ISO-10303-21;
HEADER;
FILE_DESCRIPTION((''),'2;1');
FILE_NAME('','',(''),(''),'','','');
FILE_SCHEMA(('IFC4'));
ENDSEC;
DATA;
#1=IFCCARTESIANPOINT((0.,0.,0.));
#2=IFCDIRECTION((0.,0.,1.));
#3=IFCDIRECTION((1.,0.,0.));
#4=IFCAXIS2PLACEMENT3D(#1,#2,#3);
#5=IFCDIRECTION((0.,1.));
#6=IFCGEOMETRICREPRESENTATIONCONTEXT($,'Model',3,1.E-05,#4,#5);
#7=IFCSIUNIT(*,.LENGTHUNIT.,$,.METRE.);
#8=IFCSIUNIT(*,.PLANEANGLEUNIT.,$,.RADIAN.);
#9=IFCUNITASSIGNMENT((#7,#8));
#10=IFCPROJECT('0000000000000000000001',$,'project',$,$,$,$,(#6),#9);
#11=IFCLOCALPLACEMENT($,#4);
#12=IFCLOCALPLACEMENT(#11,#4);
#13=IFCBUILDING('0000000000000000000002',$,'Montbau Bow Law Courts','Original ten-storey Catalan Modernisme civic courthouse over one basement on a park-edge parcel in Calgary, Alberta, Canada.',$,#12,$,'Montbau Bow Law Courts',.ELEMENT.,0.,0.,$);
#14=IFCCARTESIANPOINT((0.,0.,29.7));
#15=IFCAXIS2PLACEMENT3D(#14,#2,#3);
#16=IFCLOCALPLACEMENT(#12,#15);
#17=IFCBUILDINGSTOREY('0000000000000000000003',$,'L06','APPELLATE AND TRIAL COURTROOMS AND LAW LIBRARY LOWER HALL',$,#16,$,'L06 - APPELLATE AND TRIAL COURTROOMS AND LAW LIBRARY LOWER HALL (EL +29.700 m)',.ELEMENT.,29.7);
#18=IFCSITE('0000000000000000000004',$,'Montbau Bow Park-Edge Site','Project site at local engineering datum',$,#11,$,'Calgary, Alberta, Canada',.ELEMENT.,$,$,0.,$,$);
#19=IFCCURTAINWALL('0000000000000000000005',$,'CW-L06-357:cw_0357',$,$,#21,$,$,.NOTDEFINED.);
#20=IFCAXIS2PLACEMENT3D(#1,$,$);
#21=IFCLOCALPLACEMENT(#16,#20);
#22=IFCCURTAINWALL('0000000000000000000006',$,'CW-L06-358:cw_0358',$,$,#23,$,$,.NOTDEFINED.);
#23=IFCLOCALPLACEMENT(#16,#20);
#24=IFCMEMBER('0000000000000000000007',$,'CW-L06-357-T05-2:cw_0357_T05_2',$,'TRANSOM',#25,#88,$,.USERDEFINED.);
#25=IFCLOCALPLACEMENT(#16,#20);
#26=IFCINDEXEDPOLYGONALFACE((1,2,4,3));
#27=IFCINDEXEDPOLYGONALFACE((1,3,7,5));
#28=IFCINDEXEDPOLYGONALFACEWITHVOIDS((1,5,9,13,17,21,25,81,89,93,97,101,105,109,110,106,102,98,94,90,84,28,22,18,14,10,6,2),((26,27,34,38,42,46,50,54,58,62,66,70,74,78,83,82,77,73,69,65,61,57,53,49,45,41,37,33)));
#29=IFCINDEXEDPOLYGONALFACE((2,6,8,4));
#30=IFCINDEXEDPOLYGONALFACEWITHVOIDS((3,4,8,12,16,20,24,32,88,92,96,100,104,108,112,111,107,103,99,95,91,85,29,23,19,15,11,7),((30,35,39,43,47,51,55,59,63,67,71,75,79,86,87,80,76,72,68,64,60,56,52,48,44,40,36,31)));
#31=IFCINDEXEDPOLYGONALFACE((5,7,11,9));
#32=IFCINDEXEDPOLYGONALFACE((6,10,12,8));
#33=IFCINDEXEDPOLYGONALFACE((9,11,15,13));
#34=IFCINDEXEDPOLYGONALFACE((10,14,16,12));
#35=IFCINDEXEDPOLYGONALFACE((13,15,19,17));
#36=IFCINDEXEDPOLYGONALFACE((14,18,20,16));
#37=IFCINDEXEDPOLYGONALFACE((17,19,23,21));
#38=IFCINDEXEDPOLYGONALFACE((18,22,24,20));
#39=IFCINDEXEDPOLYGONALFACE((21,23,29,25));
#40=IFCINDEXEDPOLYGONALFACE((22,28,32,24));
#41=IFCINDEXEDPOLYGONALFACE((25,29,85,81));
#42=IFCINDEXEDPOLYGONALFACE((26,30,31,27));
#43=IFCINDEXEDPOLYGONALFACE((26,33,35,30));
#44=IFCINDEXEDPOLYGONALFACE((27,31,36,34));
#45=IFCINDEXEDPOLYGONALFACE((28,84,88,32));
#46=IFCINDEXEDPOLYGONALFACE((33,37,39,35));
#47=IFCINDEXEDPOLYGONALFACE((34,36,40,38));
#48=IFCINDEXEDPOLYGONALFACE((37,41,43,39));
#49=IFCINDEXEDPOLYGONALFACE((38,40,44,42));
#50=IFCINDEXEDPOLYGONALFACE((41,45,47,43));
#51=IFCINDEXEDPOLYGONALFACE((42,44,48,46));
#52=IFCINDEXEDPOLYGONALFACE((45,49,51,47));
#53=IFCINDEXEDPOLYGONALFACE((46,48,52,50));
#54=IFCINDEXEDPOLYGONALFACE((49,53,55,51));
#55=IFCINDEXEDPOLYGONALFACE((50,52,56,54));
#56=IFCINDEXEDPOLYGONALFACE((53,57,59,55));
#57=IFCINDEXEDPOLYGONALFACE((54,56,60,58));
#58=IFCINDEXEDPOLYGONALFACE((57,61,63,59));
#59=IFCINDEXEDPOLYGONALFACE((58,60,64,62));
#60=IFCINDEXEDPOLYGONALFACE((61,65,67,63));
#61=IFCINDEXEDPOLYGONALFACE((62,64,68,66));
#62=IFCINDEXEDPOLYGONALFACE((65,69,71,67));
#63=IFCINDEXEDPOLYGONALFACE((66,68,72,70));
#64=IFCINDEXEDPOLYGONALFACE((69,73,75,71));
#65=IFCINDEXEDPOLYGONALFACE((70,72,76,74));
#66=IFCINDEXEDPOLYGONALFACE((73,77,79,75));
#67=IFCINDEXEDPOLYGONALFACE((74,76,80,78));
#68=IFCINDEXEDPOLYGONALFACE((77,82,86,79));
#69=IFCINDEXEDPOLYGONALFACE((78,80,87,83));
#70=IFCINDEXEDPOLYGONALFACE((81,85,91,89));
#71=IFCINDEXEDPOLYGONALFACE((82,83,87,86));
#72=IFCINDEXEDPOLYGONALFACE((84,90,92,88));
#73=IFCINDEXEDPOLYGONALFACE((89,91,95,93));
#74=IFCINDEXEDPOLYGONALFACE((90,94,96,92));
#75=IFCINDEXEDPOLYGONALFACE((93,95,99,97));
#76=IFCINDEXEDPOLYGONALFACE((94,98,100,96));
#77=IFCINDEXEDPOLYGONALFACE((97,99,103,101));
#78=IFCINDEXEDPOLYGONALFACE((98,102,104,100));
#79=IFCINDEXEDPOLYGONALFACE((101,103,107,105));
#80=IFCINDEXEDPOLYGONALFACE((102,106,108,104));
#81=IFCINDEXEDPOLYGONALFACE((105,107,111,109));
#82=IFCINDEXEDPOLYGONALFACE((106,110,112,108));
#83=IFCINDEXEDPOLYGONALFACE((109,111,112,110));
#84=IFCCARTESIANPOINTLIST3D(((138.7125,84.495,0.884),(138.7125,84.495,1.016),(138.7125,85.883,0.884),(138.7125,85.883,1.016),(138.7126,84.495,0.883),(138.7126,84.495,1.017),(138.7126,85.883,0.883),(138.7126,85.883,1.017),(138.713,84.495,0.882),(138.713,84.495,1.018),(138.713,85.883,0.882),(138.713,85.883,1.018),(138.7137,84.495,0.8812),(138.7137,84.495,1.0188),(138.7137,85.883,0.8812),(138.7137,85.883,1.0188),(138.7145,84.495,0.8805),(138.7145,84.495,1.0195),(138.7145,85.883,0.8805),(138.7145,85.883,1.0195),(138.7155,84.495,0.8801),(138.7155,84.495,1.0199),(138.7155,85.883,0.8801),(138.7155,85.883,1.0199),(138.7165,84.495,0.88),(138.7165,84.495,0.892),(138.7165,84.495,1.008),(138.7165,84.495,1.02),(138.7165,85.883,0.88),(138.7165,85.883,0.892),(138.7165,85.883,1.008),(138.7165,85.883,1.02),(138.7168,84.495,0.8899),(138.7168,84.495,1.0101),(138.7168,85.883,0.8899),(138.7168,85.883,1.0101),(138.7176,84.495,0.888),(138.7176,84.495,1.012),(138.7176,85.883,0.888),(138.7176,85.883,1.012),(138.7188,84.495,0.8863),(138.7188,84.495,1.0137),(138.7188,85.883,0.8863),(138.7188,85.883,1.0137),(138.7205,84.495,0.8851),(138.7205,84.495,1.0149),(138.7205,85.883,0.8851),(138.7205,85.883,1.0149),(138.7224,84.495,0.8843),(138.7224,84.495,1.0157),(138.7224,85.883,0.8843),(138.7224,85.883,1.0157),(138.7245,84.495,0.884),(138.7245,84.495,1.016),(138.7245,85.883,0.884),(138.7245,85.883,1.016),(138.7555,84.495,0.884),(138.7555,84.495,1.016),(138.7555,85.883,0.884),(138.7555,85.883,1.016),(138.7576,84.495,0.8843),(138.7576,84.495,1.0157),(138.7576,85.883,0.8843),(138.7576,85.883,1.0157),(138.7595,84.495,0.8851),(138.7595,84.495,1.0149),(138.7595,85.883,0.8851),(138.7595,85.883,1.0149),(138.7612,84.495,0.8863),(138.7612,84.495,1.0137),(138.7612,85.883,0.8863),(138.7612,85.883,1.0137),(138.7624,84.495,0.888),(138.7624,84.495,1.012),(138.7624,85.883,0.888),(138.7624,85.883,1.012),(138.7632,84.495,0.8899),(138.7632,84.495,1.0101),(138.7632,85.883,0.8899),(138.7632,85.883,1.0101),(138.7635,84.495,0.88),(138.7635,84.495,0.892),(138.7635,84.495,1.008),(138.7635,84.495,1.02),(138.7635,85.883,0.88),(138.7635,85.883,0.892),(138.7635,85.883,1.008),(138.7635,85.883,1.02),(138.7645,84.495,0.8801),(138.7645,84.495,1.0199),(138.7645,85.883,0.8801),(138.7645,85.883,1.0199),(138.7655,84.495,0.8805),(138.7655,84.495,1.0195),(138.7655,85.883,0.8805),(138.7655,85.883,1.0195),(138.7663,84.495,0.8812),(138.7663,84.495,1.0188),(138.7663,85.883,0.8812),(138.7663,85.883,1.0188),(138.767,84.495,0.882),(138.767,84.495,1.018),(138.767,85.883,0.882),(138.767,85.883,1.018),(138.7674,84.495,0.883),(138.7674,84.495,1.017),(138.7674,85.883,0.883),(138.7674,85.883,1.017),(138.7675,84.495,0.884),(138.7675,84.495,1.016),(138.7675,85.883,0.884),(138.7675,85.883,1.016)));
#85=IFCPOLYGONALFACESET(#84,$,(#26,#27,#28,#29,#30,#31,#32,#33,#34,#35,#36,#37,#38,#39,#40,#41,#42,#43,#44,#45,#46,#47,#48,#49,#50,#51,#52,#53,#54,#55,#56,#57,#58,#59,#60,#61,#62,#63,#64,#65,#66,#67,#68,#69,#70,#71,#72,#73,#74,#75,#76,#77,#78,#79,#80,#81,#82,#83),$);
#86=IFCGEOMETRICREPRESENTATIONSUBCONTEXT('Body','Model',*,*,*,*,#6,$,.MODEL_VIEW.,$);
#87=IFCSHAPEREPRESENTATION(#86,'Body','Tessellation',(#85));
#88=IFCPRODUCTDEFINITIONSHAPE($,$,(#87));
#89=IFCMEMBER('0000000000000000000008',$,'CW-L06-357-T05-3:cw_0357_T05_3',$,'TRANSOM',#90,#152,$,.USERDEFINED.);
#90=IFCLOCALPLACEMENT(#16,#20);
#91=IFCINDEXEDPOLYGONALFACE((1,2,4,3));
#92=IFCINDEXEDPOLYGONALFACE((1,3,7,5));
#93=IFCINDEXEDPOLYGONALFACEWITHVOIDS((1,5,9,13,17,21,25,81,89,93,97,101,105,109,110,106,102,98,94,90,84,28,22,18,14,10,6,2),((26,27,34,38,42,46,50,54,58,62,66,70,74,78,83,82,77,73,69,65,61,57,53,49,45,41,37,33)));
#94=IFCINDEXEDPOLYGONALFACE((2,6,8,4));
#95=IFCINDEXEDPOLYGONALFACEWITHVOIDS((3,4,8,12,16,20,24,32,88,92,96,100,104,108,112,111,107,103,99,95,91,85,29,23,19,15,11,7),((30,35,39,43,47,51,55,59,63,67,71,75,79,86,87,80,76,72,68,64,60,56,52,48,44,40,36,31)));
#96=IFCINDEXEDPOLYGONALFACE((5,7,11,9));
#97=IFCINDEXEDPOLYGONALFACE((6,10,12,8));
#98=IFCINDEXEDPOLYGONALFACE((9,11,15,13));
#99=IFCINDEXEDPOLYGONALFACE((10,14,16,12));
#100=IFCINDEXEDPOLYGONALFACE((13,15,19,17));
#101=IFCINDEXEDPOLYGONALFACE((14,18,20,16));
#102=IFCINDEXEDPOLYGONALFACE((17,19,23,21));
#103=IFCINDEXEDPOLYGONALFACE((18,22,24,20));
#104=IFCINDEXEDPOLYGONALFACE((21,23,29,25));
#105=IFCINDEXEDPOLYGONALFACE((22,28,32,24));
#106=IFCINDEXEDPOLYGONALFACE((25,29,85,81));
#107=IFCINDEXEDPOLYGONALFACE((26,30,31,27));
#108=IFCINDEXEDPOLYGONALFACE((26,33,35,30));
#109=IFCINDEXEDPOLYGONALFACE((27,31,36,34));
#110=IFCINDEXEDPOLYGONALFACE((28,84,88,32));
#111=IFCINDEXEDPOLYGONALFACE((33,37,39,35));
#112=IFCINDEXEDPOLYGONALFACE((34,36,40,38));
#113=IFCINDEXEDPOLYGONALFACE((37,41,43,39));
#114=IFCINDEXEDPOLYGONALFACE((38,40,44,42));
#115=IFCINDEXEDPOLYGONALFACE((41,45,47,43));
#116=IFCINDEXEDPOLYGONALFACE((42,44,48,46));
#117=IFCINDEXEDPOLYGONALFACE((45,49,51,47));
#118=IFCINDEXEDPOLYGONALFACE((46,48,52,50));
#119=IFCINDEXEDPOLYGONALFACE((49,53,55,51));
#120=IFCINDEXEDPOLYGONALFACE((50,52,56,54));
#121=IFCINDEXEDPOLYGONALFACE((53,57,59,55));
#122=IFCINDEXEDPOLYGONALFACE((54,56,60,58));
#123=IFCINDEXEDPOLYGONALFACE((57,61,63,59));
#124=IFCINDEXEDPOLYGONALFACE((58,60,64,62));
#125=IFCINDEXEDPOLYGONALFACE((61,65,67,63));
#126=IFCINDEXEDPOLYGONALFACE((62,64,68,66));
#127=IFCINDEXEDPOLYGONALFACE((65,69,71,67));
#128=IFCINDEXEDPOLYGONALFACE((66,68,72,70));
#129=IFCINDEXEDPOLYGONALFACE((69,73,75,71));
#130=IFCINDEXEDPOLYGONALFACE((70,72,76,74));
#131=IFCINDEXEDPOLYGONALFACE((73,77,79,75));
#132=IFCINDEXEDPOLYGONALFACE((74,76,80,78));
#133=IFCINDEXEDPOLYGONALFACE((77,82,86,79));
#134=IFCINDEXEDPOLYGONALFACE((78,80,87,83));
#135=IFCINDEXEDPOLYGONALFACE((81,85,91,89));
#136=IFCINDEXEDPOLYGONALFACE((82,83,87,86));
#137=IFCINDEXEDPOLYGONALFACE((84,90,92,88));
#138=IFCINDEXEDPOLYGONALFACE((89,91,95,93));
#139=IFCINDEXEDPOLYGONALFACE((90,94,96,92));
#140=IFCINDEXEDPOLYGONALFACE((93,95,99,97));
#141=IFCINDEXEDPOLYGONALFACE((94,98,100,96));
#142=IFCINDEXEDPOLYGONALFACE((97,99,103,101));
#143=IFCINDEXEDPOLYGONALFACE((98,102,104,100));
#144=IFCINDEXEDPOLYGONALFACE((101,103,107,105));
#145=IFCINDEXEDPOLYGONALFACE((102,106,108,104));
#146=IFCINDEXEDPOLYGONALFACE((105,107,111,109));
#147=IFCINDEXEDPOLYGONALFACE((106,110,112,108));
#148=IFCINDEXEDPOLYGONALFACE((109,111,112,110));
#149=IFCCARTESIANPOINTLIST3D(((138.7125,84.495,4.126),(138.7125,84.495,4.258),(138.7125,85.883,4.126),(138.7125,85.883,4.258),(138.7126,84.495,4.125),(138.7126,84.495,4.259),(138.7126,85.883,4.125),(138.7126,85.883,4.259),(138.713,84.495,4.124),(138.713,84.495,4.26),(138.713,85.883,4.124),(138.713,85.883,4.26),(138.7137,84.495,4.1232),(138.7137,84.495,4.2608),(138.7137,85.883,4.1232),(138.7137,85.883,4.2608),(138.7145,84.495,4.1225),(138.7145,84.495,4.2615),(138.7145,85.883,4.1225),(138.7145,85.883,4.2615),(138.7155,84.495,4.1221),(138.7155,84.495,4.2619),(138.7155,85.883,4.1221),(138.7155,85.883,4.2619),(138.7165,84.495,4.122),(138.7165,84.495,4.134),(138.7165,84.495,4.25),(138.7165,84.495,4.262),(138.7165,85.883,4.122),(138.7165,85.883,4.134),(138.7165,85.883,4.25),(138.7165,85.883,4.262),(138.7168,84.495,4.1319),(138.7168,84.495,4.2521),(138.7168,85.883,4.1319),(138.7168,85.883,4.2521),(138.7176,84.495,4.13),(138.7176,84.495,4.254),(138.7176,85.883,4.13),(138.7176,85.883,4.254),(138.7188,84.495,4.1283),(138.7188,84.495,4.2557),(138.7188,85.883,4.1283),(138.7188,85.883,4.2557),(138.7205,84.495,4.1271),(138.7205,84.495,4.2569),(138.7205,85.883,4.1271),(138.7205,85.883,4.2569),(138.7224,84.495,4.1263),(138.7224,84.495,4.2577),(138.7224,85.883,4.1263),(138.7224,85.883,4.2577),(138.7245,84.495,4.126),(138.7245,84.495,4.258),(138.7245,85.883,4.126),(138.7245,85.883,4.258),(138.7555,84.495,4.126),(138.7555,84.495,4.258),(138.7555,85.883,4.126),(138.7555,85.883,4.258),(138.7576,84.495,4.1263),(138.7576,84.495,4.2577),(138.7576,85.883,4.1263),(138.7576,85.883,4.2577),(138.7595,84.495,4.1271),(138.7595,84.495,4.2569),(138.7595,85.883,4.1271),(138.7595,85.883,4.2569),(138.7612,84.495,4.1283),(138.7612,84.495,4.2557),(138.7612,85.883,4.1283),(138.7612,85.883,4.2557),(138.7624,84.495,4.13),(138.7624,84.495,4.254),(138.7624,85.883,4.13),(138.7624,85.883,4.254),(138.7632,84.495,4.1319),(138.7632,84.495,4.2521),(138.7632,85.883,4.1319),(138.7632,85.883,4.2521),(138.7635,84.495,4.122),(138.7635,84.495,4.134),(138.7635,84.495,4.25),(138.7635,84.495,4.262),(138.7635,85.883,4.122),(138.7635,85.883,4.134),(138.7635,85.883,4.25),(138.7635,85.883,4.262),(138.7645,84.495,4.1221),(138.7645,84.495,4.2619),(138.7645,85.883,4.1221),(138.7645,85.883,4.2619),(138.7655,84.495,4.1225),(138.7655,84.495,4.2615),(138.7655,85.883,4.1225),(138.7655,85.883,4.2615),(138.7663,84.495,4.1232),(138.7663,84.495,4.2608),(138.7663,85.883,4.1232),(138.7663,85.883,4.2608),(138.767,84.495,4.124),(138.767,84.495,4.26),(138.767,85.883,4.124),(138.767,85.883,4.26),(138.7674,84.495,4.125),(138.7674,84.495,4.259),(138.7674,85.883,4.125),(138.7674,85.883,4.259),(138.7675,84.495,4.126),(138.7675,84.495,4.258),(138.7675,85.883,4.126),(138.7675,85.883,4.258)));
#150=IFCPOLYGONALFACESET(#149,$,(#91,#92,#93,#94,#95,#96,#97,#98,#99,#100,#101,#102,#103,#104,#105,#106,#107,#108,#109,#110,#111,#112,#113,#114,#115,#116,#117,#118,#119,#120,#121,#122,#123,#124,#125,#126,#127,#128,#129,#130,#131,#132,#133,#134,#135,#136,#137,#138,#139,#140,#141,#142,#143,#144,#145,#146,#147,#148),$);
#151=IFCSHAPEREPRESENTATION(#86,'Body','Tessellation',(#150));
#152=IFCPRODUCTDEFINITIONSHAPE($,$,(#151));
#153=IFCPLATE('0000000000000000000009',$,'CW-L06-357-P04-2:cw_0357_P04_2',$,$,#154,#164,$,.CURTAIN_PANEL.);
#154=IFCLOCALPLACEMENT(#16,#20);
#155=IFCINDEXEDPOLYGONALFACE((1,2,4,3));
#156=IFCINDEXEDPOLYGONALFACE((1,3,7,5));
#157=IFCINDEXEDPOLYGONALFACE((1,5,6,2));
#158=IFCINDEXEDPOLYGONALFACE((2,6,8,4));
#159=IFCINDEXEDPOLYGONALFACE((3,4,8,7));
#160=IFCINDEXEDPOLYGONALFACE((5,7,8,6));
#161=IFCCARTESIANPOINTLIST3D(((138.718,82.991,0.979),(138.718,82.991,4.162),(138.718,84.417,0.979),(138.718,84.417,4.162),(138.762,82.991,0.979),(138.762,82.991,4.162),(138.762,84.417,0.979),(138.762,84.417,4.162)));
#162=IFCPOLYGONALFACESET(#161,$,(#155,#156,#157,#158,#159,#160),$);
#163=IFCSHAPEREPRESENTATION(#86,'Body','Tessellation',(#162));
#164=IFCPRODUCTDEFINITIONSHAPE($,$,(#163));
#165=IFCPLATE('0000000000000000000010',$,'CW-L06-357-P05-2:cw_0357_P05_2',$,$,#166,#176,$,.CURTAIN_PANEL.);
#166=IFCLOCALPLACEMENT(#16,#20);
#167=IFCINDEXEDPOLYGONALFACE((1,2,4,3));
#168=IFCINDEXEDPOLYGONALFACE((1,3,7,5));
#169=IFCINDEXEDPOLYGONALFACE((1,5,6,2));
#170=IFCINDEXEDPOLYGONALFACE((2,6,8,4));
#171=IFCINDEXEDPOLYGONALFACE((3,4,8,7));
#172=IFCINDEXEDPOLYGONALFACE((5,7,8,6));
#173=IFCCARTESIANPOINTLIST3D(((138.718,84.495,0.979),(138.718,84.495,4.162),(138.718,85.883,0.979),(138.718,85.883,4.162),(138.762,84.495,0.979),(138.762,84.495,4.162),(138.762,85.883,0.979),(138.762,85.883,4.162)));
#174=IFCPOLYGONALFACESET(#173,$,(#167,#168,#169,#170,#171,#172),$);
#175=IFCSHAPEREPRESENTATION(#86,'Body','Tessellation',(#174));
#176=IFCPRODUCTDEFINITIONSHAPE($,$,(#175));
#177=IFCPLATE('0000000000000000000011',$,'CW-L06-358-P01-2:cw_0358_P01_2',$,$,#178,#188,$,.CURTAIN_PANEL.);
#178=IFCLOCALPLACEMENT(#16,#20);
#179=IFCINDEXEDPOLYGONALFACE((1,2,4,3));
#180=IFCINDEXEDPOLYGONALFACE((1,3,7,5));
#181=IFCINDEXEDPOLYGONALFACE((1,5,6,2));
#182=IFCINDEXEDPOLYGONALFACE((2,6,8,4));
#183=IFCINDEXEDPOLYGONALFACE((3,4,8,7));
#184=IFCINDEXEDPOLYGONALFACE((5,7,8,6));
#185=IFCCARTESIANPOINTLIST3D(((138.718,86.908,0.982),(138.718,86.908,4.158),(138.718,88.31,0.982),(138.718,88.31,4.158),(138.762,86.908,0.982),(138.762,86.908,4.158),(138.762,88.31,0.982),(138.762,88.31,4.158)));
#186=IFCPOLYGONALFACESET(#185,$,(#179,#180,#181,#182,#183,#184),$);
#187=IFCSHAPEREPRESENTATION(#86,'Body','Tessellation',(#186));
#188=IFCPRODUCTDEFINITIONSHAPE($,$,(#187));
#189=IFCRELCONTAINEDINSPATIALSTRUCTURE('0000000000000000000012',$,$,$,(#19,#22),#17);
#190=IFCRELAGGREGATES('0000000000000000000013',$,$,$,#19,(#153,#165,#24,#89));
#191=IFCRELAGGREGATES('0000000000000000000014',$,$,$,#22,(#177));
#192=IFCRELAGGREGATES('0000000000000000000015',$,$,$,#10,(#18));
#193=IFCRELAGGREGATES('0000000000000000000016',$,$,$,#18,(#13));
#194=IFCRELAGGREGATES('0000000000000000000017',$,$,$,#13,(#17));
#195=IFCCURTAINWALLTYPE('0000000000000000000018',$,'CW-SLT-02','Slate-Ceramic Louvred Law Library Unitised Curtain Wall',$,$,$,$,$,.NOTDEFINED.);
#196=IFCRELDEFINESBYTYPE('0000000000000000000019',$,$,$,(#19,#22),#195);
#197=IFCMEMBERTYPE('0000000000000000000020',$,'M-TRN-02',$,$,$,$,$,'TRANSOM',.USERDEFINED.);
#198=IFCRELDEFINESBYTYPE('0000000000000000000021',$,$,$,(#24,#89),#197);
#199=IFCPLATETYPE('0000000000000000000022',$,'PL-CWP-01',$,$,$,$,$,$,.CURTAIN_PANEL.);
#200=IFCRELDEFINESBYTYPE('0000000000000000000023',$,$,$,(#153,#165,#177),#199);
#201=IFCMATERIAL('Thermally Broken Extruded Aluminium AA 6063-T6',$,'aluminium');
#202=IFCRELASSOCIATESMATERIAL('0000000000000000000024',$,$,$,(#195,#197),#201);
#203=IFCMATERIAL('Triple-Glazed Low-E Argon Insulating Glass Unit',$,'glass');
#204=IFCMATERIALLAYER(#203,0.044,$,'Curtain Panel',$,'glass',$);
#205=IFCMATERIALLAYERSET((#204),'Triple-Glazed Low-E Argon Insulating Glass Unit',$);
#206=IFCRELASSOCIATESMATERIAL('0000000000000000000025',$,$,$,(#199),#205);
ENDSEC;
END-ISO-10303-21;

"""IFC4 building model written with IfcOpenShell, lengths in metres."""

from ifc_helpers import new_model, si_unit, direction, frame, frame_2d, origin_with_axes, origin_2d_with_axis, place, context, subcontext, project, spatial, rectangle, hollow_rectangle, extrude, material, layer, layer_set, material_profile, profile_set, type_object, element, aggregate, save


model = new_model("IFC4")

# Units and contexts
model_context = context("Model", 3, precision=1e-05, world=origin_with_axes(), true_north=direction((0.0, 1.0)))
body_context = subcontext(model_context, "Body", "Model", "MODEL_VIEW")
ifc_project = project(units=[si_unit("LENGTHUNIT", "METRE"), si_unit("PLANEANGLEUNIT", "RADIAN")], contexts=[model_context])

# Site, building, storey
site_placement = place(None, origin_with_axes())
site = spatial("IfcSite", under=ifc_project, at=site_placement, Name="Montbau Bow Park-Edge Site", Description="Project site at local engineering datum", LongName="Calgary, Alberta, Canada", CompositionType="ELEMENT", RefElevation=0.0)
building_placement = place(site_placement, origin_with_axes())
building = spatial("IfcBuilding", under=site, at=building_placement, Name="Montbau Bow Law Courts", Description="Original ten-storey Catalan Modernisme civic courthouse over one basement on a park-edge parcel in Calgary, Alberta, Canada.", LongName="Montbau Bow Law Courts", CompositionType="ELEMENT", ElevationOfRefHeight=0.0, ElevationOfTerrain=0.0)
storey_placement = place(building_placement, frame((0.0, 0.0, 29.7), z_axis=(0.0, 0.0, 1.0), x_axis=(1.0, 0.0, 0.0)))
storey = spatial("IfcBuildingStorey", under=building, at=storey_placement, Name="L06", Description="APPELLATE AND TRIAL COURTROOMS AND LAW LIBRARY LOWER HALL", LongName="L06 - APPELLATE AND TRIAL COURTROOMS AND LAW LIBRARY LOWER HALL (EL +29.700 m)", CompositionType="ELEMENT", Elevation=29.7)

# Curtain wall
ifc_material_1 = material(Name="Thermally Broken Extruded Aluminium AA 6063-T6", Category="aluminium")
curtain_wall_type = type_object("IfcCurtainWallType", Name="CW-SLT-02", Description="Slate-Ceramic Louvred Law Library Unitised Curtain Wall", PredefinedType="NOTDEFINED", material=ifc_material_1)
curtain_wall_1_placement = place(None, frame((138.74, 78.44, 29.7), z_axis=(0.0, 0.0, 1.0), x_axis=(1.0, 0.0, 0.0)))
curtain_wall_1 = element("IfcCurtainWall", 1, at=curtain_wall_1_placement, inside=storey, type_object=curtain_wall_type, Name="CW-L06-357:cw_0357", PredefinedType="NOTDEFINED")

# Curtain wall
curtain_wall_2_placement = place(None, frame((138.74, 86.84, 29.7), z_axis=(0.0, 0.0, 1.0), x_axis=(1.0, 0.0, 0.0)))
curtain_wall_2 = element("IfcCurtainWall", 2, at=curtain_wall_2_placement, inside=storey, type_object=curtain_wall_type, Name="CW-L06-358:cw_0358", PredefinedType="NOTDEFINED")

# Members
ifc_material_profile_1 = material_profile(ifc_material_1, hollow_rectangle(XDim=0.055, YDim=0.14, WallThickness=0.004, InnerFilletRadius=0.008, OuterFilletRadius=0.004, at=origin_2d_with_axis()), Name="CWT-140X55", Category="Main", Priority=0)
ifc_profile_set_1 = profile_set([ifc_material_profile_1], Name="Thermally Broken Extruded Aluminium AA 6063-T6")
member_type_1 = type_object("IfcMemberType", Name="M-TRN-02", ElementType="TRANSOM", PredefinedType="USERDEFINED", material=ifc_profile_set_1)
member_1_placement = place(None, frame((138.74, 84.495, 30.65), z_axis=(0.0, 1.0, 0.0), x_axis=(-1.0, 0.0, 0.0)))
member_1 = element("IfcMember", 3, at=member_1_placement, type_object=member_type_1, Name="CW-L06-357-T05-2:cw_0357_T05_2", ObjectType="TRANSOM", PredefinedType="USERDEFINED", context=body_context, shape_type="SweptSolid", body=[
    extrude(hollow_rectangle(XDim=0.055, YDim=0.14, WallThickness=0.004, InnerFilletRadius=0.008, OuterFilletRadius=0.004, at=origin_2d_with_axis()), origin_with_axes(), (0.0, 0.0, 1.0), 1.388),
])
member_2_placement = place(None, frame((138.74, 84.495, 33.892), z_axis=(0.0, 1.0, 0.0), x_axis=(-1.0, 0.0, 0.0)))
member_2 = element("IfcMember", 4, at=member_2_placement, type_object=member_type_1, Name="CW-L06-357-T05-3:cw_0357_T05_3", ObjectType="TRANSOM", PredefinedType="USERDEFINED", context=body_context, shape_type="SweptSolid", body=[
    extrude(hollow_rectangle(XDim=0.055, YDim=0.14, WallThickness=0.004, InnerFilletRadius=0.008, OuterFilletRadius=0.004, at=origin_2d_with_axis()), origin_with_axes(), (0.0, 0.0, 1.0), 1.388),
])

# Plates
ifc_material_2 = material(Name="Triple-Glazed Low-E Argon Insulating Glass Unit", Category="glass")
ifc_layer_1 = layer(ifc_material_2, 0.044, Name="Curtain Panel", Category="glass")
ifc_layer_set_1 = layer_set([ifc_layer_1], Name="Triple-Glazed Low-E Argon Insulating Glass Unit")
plate_type_1 = type_object("IfcPlateType", Name="PL-CWP-01", PredefinedType="CURTAIN_PANEL", material=ifc_layer_set_1)
plate_1_placement = place(None, frame((138.74, 82.991, 30.679), z_axis=(1.0, 0.0, 0.0), x_axis=(0.0, 1.0, 0.0)))
plate_1 = element("IfcPlate", 5, at=plate_1_placement, type_object=plate_type_1, Name="CW-L06-357-P04-2:cw_0357_P04_2", PredefinedType="CURTAIN_PANEL", context=body_context, shape_type="SweptSolid", body=[
    extrude(rectangle(XDim=1.426, YDim=3.183, at=frame_2d((0.713, 1.5915), x_axis=(1.0, 0.0))), frame((0.0, 0.0, -0.022), z_axis=(0.0, 0.0, 1.0), x_axis=(1.0, 0.0, 0.0)), (0.0, 0.0, 1.0), 0.044),
])
plate_2_placement = place(None, frame((138.74, 84.495, 30.679), z_axis=(1.0, 0.0, 0.0), x_axis=(0.0, 1.0, 0.0)))
plate_2 = element("IfcPlate", 6, at=plate_2_placement, type_object=plate_type_1, Name="CW-L06-357-P05-2:cw_0357_P05_2", PredefinedType="CURTAIN_PANEL", context=body_context, shape_type="SweptSolid", body=[
    extrude(rectangle(XDim=1.388, YDim=3.183, at=frame_2d((0.694, 1.5915), x_axis=(1.0, 0.0))), frame((0.0, 0.0, -0.022), z_axis=(0.0, 0.0, 1.0), x_axis=(1.0, 0.0, 0.0)), (0.0, 0.0, 1.0), 0.044),
])
plate_3_placement = place(None, frame((138.74, 86.908, 30.682), z_axis=(1.0, 0.0, 0.0), x_axis=(0.0, 1.0, 0.0)))
plate_3 = element("IfcPlate", 7, at=plate_3_placement, type_object=plate_type_1, Name="CW-L06-358-P01-2:cw_0358_P01_2", PredefinedType="CURTAIN_PANEL", context=body_context, shape_type="SweptSolid", body=[
    extrude(rectangle(XDim=1.402, YDim=3.176, at=frame_2d((0.701, 1.588), x_axis=(1.0, 0.0))), frame((0.0, 0.0, -0.022), z_axis=(0.0, 0.0, 1.0), x_axis=(1.0, 0.0, 0.0)), (0.0, 0.0, 1.0), 0.044),
])
aggregate(curtain_wall_1, [plate_1, plate_2, member_1, member_2])
aggregate(curtain_wall_2, [plate_3])

save(model, "model.ifc")
